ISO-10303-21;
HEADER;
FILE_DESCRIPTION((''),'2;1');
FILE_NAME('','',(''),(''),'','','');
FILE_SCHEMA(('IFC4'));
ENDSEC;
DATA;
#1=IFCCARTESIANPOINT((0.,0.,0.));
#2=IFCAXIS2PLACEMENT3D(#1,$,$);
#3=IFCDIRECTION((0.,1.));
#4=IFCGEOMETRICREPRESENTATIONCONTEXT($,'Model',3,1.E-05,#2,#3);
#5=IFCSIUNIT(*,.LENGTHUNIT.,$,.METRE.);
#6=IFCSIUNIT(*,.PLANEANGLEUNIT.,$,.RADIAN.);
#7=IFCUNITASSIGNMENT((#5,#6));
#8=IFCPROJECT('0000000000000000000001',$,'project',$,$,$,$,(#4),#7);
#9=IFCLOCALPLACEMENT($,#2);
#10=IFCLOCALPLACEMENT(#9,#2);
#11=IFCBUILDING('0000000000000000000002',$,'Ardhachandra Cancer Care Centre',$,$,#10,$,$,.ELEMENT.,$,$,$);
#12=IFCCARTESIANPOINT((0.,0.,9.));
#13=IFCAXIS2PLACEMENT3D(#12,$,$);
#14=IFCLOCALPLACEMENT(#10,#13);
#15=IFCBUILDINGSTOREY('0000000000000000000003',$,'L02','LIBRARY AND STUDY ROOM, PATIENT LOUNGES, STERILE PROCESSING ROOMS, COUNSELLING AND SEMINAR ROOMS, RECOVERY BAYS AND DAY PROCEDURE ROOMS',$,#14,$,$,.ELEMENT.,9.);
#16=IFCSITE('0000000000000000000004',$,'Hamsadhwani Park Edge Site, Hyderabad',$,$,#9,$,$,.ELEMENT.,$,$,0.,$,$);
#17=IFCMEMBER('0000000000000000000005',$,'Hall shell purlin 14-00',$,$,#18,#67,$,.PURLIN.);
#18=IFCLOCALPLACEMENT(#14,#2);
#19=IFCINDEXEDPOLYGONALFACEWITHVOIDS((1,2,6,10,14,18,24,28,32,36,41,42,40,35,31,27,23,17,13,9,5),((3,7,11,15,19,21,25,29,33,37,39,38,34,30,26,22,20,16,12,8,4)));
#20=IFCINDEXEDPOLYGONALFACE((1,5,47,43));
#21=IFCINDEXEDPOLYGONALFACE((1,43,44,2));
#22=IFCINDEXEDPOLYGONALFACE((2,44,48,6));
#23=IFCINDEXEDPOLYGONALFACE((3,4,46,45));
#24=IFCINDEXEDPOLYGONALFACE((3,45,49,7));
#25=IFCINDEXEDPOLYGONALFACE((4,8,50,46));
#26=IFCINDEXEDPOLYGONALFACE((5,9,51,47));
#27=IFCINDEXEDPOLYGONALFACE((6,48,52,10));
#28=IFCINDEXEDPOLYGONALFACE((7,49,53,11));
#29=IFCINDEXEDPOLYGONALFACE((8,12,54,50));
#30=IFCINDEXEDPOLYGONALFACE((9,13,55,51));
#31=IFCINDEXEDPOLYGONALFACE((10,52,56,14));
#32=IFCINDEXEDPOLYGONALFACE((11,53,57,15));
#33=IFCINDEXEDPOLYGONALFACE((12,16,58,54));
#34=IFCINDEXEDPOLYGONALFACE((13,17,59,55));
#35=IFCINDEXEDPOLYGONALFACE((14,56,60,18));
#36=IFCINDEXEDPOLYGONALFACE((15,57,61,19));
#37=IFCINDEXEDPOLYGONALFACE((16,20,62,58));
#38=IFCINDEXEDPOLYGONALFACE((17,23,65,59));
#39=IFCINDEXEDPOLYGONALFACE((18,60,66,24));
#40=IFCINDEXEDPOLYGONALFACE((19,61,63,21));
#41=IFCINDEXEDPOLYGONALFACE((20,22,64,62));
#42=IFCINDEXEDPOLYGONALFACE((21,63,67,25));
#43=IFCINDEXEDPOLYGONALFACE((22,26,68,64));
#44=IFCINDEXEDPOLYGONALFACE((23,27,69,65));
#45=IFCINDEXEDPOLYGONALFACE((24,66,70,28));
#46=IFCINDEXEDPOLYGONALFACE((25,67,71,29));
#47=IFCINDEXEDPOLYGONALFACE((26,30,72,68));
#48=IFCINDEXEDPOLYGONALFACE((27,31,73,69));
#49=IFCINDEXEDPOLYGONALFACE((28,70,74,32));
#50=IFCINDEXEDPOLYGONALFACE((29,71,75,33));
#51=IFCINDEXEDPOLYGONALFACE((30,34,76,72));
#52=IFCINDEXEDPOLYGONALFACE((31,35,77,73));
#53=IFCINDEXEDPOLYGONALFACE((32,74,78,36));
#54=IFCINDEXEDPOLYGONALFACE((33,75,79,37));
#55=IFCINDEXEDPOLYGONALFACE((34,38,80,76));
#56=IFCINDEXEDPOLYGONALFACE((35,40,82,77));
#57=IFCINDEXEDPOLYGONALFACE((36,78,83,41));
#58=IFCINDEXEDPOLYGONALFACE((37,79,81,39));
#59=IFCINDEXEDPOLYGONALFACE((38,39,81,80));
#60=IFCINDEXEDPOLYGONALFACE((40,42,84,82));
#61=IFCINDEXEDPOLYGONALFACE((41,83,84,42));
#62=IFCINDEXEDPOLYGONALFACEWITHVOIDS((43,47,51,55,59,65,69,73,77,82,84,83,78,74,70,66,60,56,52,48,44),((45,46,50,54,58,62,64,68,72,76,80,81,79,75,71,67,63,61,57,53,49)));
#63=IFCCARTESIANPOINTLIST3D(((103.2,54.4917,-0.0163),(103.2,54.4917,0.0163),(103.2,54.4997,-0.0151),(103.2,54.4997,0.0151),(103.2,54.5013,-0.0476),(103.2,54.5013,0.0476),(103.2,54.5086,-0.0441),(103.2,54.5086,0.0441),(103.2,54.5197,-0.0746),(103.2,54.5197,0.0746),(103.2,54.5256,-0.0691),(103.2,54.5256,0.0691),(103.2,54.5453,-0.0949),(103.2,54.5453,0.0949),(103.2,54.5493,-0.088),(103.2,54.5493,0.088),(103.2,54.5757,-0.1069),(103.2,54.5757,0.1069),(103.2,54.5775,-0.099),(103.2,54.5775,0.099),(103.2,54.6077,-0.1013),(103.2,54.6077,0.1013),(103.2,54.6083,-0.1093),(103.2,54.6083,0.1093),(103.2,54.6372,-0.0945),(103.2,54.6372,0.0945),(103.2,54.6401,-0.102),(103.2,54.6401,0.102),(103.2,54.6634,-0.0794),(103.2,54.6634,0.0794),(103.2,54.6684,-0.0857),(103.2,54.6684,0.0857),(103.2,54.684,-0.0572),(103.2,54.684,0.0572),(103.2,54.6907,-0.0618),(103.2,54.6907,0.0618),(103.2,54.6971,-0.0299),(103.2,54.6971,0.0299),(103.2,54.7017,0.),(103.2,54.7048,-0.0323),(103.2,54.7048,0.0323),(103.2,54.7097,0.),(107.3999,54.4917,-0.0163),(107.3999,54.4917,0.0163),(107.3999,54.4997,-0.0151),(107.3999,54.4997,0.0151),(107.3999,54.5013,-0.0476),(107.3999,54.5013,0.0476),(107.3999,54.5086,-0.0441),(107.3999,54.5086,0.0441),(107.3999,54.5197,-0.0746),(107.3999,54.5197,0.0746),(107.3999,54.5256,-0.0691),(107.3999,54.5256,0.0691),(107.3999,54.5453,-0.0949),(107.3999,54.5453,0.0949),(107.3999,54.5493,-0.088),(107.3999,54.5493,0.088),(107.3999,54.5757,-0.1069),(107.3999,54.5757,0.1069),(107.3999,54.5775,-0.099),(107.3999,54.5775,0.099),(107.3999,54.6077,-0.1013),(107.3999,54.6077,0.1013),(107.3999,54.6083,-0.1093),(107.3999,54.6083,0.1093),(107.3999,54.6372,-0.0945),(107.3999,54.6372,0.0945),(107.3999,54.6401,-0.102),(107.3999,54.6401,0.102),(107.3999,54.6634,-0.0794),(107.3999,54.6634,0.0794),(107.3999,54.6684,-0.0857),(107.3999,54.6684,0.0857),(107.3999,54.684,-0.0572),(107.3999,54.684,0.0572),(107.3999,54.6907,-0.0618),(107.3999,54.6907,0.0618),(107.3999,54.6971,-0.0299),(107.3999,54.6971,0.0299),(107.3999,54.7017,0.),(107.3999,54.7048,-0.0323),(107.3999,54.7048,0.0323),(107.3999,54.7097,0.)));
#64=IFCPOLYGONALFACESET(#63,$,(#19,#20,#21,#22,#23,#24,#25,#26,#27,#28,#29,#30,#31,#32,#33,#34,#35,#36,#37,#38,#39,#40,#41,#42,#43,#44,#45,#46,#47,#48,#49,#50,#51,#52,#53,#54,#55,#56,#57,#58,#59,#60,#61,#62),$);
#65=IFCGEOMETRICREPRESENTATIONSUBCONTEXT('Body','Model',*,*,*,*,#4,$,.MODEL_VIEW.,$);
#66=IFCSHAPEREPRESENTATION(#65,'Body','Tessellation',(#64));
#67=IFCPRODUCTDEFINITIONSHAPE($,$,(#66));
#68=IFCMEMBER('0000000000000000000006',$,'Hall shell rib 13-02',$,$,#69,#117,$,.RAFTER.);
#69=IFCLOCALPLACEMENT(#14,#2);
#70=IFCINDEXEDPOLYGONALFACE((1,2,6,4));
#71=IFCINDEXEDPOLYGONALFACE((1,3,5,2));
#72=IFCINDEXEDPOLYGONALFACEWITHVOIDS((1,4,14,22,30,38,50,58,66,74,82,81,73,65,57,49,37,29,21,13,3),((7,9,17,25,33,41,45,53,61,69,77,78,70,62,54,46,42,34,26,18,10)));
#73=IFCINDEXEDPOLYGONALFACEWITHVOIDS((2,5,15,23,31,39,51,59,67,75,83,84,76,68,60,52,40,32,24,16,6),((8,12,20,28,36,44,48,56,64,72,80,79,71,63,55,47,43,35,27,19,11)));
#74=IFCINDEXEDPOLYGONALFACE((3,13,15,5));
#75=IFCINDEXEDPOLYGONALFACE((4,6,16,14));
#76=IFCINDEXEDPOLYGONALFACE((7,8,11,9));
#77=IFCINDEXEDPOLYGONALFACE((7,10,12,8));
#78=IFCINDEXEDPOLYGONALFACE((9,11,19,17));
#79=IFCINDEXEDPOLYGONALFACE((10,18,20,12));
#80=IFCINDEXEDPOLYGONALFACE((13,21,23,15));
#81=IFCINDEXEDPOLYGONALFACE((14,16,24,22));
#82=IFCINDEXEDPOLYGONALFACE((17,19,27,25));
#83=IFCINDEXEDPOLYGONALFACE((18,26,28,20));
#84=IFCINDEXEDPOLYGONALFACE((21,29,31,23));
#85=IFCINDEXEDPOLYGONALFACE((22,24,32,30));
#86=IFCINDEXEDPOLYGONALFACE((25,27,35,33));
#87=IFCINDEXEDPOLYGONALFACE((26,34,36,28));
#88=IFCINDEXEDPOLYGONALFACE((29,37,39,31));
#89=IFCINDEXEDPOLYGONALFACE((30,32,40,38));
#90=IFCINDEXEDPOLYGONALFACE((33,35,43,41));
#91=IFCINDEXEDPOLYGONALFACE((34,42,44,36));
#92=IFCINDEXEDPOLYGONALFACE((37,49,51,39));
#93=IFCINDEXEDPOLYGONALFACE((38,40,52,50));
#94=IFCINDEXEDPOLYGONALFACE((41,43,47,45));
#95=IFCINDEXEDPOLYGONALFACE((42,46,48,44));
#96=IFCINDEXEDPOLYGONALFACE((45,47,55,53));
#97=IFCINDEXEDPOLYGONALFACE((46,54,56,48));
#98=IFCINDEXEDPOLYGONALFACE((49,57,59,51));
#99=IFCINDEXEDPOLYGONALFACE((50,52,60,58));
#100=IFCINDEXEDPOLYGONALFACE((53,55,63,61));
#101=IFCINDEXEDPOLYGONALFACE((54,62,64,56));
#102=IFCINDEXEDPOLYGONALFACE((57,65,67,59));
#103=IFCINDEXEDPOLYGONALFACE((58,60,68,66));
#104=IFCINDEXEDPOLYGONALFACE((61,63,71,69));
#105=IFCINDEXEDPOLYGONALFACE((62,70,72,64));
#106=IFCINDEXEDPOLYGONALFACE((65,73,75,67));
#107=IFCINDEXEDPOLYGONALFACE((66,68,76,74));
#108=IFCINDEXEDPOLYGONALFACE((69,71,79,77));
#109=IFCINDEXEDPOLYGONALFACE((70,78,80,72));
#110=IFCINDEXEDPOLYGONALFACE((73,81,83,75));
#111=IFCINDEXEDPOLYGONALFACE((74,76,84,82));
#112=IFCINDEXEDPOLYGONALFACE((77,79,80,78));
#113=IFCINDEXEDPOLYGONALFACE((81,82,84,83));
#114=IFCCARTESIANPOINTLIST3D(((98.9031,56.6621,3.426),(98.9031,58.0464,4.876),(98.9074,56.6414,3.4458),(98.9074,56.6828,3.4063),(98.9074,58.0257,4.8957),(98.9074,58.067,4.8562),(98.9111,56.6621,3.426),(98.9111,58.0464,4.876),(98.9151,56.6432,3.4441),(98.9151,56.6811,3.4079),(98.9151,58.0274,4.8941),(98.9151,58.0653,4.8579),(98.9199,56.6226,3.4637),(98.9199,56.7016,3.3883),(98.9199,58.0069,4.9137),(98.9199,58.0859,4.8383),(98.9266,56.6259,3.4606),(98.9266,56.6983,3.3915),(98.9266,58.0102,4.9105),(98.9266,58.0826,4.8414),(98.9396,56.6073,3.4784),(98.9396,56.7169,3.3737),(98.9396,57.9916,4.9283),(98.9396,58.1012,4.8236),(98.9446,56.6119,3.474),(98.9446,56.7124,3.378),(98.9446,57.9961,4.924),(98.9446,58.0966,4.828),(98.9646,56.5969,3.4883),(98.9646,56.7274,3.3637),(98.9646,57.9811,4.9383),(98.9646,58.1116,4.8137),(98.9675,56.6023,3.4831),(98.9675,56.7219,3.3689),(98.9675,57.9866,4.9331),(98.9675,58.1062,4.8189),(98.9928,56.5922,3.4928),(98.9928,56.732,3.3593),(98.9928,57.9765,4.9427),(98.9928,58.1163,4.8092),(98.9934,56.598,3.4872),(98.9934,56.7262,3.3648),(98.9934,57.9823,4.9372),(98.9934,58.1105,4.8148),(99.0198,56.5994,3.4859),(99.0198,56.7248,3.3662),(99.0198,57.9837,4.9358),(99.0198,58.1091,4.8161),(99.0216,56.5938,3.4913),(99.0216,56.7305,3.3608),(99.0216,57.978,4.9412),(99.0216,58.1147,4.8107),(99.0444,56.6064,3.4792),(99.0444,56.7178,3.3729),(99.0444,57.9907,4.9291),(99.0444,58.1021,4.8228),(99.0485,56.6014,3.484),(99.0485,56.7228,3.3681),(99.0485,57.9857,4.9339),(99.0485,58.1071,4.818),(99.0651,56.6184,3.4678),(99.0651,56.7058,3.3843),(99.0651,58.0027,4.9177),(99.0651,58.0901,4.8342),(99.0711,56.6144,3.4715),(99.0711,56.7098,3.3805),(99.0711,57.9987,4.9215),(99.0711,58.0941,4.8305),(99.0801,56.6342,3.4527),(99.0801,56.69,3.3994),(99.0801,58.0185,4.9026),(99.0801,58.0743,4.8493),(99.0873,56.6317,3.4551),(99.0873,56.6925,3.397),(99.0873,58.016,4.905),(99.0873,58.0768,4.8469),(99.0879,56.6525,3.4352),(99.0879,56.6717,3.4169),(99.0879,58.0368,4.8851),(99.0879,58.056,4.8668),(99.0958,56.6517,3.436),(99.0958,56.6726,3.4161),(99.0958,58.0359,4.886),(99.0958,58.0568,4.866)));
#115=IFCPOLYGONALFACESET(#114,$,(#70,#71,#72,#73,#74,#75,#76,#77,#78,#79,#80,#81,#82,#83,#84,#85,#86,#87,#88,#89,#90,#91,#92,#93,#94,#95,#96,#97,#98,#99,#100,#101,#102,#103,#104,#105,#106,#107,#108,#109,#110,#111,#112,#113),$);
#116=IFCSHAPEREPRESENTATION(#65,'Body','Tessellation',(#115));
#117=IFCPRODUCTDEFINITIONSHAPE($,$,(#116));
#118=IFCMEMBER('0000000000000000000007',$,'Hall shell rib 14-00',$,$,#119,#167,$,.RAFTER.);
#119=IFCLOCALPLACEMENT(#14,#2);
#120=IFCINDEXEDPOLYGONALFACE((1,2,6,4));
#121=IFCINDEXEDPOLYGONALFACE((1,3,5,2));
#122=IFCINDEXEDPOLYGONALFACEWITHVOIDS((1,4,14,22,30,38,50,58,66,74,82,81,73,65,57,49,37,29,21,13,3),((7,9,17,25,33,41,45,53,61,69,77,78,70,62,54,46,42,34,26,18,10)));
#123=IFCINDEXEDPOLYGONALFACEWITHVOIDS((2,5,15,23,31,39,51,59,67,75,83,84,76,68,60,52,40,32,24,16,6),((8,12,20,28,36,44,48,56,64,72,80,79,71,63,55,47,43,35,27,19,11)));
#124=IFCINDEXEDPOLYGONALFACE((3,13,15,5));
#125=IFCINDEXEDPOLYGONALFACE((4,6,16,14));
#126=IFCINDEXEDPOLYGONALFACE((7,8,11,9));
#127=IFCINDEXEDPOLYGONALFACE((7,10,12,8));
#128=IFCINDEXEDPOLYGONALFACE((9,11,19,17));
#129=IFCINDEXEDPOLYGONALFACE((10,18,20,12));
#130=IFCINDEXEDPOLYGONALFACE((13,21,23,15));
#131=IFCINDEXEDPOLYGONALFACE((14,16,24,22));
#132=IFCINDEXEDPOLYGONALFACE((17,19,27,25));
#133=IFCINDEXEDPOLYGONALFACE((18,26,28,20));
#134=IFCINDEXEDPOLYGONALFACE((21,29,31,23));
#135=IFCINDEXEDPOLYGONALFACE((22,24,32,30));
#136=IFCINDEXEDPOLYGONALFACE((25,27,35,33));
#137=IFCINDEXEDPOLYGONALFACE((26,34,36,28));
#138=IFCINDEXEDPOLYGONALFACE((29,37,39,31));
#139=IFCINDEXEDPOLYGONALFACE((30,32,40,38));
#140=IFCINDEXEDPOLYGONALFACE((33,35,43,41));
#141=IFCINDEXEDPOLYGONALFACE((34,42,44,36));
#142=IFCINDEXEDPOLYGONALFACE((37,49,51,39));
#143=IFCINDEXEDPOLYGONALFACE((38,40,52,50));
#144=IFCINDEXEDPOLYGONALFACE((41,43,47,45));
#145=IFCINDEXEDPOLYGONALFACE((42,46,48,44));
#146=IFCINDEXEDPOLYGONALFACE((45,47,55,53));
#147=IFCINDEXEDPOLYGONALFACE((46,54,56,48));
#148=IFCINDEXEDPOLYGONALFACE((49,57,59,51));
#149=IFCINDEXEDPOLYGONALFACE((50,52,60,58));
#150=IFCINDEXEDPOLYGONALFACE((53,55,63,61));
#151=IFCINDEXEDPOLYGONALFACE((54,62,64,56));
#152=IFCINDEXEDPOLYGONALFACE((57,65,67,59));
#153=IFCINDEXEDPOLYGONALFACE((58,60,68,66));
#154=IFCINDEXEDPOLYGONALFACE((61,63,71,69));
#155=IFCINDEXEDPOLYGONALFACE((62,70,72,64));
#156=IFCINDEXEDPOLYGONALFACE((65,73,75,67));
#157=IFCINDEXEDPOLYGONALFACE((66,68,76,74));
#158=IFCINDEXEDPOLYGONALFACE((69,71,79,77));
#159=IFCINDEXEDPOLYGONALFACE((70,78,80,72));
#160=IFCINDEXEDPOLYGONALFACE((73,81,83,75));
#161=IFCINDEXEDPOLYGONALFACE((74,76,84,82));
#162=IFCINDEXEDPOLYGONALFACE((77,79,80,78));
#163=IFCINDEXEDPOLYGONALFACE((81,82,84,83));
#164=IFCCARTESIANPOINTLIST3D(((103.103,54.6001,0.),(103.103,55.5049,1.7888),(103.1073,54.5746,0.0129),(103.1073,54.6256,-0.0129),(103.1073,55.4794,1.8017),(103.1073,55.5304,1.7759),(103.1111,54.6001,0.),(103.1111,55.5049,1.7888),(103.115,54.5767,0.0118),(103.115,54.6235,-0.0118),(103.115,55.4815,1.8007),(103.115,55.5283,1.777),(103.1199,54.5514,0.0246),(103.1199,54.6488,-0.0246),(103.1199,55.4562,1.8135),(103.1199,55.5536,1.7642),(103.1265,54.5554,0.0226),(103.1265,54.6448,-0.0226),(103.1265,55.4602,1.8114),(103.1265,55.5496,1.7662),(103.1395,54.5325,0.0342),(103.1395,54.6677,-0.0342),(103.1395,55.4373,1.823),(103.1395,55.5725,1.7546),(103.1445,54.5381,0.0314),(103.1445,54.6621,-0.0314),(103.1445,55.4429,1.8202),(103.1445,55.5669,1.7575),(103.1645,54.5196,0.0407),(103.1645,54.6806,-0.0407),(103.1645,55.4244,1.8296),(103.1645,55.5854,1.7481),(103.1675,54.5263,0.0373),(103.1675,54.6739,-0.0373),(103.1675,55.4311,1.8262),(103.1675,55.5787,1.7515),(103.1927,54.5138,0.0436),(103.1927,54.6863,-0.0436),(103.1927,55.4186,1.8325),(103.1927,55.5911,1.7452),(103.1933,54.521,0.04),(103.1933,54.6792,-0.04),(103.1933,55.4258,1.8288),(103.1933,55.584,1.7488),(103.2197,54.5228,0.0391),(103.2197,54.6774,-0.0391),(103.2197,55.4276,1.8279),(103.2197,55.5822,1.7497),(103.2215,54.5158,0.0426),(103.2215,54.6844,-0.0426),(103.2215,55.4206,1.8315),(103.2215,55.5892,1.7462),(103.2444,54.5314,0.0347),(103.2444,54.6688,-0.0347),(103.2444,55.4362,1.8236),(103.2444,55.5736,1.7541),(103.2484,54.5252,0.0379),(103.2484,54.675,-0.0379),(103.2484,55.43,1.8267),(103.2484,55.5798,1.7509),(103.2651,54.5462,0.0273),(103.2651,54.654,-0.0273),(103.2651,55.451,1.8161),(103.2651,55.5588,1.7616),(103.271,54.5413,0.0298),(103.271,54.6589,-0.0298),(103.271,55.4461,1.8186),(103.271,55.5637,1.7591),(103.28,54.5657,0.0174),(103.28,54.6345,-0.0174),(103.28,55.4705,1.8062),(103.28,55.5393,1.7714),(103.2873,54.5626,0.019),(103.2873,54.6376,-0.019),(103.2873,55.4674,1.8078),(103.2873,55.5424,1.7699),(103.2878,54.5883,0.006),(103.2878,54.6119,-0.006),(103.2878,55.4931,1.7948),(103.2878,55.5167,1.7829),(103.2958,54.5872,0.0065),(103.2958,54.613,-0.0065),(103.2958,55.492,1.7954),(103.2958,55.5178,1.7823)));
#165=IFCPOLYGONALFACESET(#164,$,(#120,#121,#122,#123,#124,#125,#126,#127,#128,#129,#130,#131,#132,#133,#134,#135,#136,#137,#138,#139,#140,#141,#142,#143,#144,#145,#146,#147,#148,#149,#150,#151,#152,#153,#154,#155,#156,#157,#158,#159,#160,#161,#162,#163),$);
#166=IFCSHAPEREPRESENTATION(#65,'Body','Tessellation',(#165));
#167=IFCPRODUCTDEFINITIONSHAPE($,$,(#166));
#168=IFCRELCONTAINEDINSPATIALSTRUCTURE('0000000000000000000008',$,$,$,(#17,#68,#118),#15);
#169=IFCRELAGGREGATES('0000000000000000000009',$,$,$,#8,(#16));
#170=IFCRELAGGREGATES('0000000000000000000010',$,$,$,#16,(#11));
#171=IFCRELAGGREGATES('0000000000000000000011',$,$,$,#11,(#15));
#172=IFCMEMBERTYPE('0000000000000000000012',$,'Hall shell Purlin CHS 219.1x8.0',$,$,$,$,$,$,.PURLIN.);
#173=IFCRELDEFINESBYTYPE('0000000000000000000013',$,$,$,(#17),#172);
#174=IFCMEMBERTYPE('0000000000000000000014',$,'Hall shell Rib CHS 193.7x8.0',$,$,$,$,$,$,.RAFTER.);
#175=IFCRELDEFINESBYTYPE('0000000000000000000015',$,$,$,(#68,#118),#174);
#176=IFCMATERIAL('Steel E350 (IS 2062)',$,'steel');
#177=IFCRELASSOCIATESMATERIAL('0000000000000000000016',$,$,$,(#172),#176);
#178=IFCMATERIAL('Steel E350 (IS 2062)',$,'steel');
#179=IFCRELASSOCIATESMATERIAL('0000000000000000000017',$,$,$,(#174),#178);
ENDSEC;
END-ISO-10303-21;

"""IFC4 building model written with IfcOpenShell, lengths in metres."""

from ifc_helpers import new_model, si_unit, direction, frame, origin, origin_2d, place, context, subcontext, project, spatial, hollow_circle, extrude, material, material_profile, profile_set, type_object, element, save


model = new_model("IFC4")

# Units and contexts
model_context = context("Model", 3, precision=1e-05, world=origin(), true_north=direction((0.0, 1.0)))
body_context = subcontext(model_context, "Body", "Model", "MODEL_VIEW")
ifc_project = project(units=[si_unit("LENGTHUNIT", "METRE"), si_unit("PLANEANGLEUNIT", "RADIAN")], contexts=[model_context])

# Site, building, storey
site_placement = place(None, origin())
site = spatial("IfcSite", under=ifc_project, at=site_placement, Name="Hamsadhwani Park Edge Site, Hyderabad", CompositionType="ELEMENT", RefElevation=0.0)
building_placement = place(site_placement, origin())
building = spatial("IfcBuilding", under=site, at=building_placement, Name="Ardhachandra Cancer Care Centre", CompositionType="ELEMENT")
storey_placement = place(building_placement, frame((0.0, 0.0, 9.0)))
storey = spatial("IfcBuildingStorey", under=building, at=storey_placement, Name="L02", Description="LIBRARY AND STUDY ROOM, PATIENT LOUNGES, STERILE PROCESSING ROOMS, COUNSELLING AND SEMINAR ROOMS, RECOVERY BAYS AND DAY PROCEDURE ROOMS", CompositionType="ELEMENT", Elevation=9.0)

# Members
ifc_material_1 = material(Name="Steel E350 (IS 2062)", Category="steel")
ifc_material_profile_1 = material_profile(ifc_material_1, hollow_circle(Radius=0.1096, WallThickness=0.0081, at=origin_2d()), Name="CHS 219.1x8.0")
ifc_profile_set_1 = profile_set([ifc_material_profile_1], Name="Steel E350 (IS 2062)")
member_type_1 = type_object("IfcMemberType", Name="Hall shell Purlin CHS 219.1x8.0", PredefinedType="PURLIN", material=ifc_profile_set_1)
member_1_placement = place(storey_placement, frame((103.2, 54.6001, 0.0), z_axis=(1.0, 0.0, 0.0), x_axis=(0.0, 1.0, 0.0)))
element("IfcMember", 1, at=member_1_placement, inside=storey, type_object=member_type_1, Name="Hall shell purlin 14-00", PredefinedType="PURLIN", context=body_context, shape_type="SweptSolid", body=[
    extrude(hollow_circle(Radius=0.1096, WallThickness=0.0081, at=origin_2d()), origin(), (0.0, 0.0, 1.0), 4.2),
])
ifc_material_2 = material(Name="Steel E350 (IS 2062)", Category="steel")
ifc_material_profile_2 = material_profile(ifc_material_2, hollow_circle(Radius=0.0969, WallThickness=0.0081, at=origin_2d()), Name="CHS 193.7x8.0")
ifc_profile_set_2 = profile_set([ifc_material_profile_2], Name="Steel E350 (IS 2062)")
member_type_2 = type_object("IfcMemberType", Name="Hall shell Rib CHS 193.7x8.0", PredefinedType="RAFTER", material=ifc_profile_set_2)
for number, where, z_axis, x_axis, name in (
    (2, (99.0, 56.6621, 3.426), (0.0, 0.690537, 0.723297), (-1.0, 0.0, 0.0), "Hall shell rib 13-02"),
    (3, (103.2, 54.6001, 0.0), (0.0, 0.45135, 0.892347), (-1.0, 0.0, 0.0), "Hall shell rib 14-00"),
):
    element("IfcMember", number, at=place(storey_placement, frame(where, z_axis=z_axis, x_axis=x_axis)), inside=storey, type_object=member_type_2, Name=name, PredefinedType="RAFTER", context=body_context, shape_type="SweptSolid", body=[
        extrude(hollow_circle(Radius=0.0969, WallThickness=0.0081, at=origin_2d()), origin(), (0.0, 0.0, 1.0), 2.0046),
    ])

save(model, "model.ifc")
